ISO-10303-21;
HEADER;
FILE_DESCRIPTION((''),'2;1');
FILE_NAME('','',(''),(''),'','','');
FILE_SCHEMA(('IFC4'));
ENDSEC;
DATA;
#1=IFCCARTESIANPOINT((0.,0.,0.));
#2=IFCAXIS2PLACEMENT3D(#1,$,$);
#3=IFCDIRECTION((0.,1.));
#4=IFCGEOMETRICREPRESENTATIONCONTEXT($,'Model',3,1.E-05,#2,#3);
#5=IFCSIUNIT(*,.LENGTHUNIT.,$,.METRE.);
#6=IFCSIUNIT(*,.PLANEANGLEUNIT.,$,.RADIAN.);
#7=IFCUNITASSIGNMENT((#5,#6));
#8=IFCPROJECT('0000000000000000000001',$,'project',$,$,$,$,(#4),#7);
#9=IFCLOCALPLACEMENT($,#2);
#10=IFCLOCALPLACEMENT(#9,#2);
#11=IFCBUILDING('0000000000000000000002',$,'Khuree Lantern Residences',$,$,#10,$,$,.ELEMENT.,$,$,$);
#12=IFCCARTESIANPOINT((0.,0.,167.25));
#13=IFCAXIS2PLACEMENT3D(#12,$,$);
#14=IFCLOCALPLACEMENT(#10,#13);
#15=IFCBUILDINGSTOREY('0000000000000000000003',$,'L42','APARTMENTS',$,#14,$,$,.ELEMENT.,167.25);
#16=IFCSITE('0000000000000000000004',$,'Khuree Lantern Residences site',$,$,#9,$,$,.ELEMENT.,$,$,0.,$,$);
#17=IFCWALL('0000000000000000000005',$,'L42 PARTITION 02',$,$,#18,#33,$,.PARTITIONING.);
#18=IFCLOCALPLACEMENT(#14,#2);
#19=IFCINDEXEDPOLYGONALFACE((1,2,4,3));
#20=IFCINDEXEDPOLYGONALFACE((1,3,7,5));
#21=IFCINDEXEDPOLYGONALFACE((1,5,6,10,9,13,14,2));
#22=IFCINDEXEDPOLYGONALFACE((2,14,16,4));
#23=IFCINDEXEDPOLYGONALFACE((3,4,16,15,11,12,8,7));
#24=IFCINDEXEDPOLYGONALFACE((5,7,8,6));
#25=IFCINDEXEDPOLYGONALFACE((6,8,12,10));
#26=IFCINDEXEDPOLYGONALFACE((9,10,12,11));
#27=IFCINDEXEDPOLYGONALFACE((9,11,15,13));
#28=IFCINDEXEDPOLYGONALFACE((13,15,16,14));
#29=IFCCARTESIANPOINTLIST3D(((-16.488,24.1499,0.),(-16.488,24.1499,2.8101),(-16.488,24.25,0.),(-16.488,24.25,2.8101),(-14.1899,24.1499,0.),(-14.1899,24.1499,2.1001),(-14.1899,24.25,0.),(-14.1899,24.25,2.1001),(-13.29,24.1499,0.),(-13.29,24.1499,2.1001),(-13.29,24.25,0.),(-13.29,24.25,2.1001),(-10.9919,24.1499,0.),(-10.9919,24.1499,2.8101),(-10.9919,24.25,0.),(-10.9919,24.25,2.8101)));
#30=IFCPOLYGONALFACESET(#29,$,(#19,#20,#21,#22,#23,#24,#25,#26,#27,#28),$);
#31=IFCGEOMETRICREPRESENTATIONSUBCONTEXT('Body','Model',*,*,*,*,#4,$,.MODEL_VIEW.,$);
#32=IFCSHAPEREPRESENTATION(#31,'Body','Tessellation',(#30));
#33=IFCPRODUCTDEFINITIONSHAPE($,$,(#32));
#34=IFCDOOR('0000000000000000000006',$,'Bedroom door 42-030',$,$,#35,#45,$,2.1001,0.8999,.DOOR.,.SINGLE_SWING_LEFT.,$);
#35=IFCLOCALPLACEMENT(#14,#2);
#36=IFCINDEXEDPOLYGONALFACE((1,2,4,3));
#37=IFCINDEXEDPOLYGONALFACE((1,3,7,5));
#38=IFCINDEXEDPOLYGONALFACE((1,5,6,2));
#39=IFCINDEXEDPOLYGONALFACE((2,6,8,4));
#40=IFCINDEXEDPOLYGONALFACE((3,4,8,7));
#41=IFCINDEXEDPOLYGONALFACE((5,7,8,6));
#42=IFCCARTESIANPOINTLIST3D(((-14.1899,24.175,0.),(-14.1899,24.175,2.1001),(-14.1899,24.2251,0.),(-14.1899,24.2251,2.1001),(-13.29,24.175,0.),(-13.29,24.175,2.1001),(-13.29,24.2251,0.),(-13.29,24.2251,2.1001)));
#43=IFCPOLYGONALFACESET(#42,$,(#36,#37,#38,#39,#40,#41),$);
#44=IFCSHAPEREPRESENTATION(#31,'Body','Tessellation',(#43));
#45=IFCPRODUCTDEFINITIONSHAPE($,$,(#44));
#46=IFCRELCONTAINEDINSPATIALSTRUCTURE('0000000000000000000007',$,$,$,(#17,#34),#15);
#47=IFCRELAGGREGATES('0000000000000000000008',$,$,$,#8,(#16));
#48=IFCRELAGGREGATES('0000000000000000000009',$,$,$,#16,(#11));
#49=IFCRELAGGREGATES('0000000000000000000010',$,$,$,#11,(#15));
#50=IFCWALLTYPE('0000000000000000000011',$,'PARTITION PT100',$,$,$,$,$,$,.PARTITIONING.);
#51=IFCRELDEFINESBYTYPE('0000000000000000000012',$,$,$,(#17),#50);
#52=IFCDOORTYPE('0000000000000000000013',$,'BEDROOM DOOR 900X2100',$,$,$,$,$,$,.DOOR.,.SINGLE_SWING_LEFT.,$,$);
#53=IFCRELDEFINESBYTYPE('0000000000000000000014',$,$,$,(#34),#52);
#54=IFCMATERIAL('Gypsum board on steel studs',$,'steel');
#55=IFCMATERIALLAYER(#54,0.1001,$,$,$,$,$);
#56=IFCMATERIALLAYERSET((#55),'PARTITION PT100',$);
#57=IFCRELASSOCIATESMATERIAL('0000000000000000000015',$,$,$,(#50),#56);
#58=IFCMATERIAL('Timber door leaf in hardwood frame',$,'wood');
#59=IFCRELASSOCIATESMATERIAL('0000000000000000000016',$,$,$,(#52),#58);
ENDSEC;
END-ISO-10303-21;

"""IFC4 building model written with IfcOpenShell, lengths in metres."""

from ifc_helpers import new_model, si_unit, direction, frame, frame_2d, origin, place, context, subcontext, project, spatial, rectangle, extrude, material, layer, layer_set, type_object, element, fill, save


model = new_model("IFC4")

# Units and contexts
model_context = context("Model", 3, precision=1e-05, world=origin(), true_north=direction((0.0, 1.0)))
body_context = subcontext(model_context, "Body", "Model", "MODEL_VIEW")
ifc_project = project(units=[si_unit("LENGTHUNIT", "METRE"), si_unit("PLANEANGLEUNIT", "RADIAN")], contexts=[model_context])

# Site, building, storey
site_placement = place(None, origin())
site = spatial("IfcSite", under=ifc_project, at=site_placement, Name="Khuree Lantern Residences site", CompositionType="ELEMENT", RefElevation=0.0)
building_placement = place(site_placement, origin())
building = spatial("IfcBuilding", under=site, at=building_placement, Name="Khuree Lantern Residences", CompositionType="ELEMENT")
storey_placement = place(building_placement, frame((0.0, 0.0, 167.25)))
storey = spatial("IfcBuildingStorey", under=building, at=storey_placement, Name="L42", Description="APARTMENTS", CompositionType="ELEMENT", Elevation=167.25)

# Shared definitions
ifc_material_1 = material(Name="Gypsum board on steel studs", Category="steel")
ifc_layer_1 = layer(ifc_material_1, 0.1001)
ifc_layer_set_1 = layer_set([ifc_layer_1], Name="PARTITION PT100")
wall_type = type_object("IfcWallType", Name="PARTITION PT100", PredefinedType="PARTITIONING", material=ifc_layer_set_1)

# Wall, opening, door
ifc_material_2 = material(Name="Timber door leaf in hardwood frame", Category="wood")
door_type = type_object("IfcDoorType", Name="BEDROOM DOOR 900X2100", OperationType="SINGLE_SWING_LEFT", PredefinedType="DOOR", material=ifc_material_2)
wall_1_placement = place(storey_placement, frame((-10.9919, 24.2, 0.0), z_axis=(0.0, 0.0, 1.0), x_axis=(-1.0, 0.0, 0.0)))
wall_1 = element("IfcWall", 1, at=wall_1_placement, inside=storey, type_object=wall_type, Name="L42 PARTITION 02", PredefinedType="PARTITIONING", context=body_context, shape_type="SweptSolid", body=[
    extrude(rectangle(XDim=5.4961, YDim=0.1001, at=frame_2d((2.748, 0.0))), origin(), (0.0, 0.0, 1.0), 2.8101),
])
opening_1_placement = place(wall_1_placement, frame((2.2981, 0.0, 0.0)))
opening_1 = element("IfcOpeningElement", 2, at=opening_1_placement, cuts=wall_1, PredefinedType="OPENING", context=body_context, shape_type="SweptSolid", body=[
    extrude(rectangle(XDim=0.8999, YDim=2.1001, at=frame_2d((0.45, 1.05))), frame((0.0, 0.0601, 0.0), z_axis=(0.0, -1.0, 0.0), x_axis=(1.0, 0.0, 0.0)), (0.0, 0.0, 1.0), 0.1201),
])
door_1_placement = place(opening_1_placement, origin())
door_1 = element("IfcDoor", 3, at=door_1_placement, inside=storey, type_object=door_type, Name="Bedroom door 42-030", OperationType="SINGLE_SWING_LEFT", OverallHeight=2.1001, OverallWidth=0.8999, PredefinedType="DOOR", context=body_context, shape_type="SweptSolid", body=[
    extrude(rectangle(XDim=0.8999, YDim=2.1001, at=frame_2d((0.45, 1.05))), frame((0.0, 0.0249, 0.0), z_axis=(0.0, -1.0, 0.0), x_axis=(1.0, 0.0, 0.0)), (0.0, 0.0, 1.0), 0.05),
])
fill(opening_1, door_1)

save(model, "model.ifc")
